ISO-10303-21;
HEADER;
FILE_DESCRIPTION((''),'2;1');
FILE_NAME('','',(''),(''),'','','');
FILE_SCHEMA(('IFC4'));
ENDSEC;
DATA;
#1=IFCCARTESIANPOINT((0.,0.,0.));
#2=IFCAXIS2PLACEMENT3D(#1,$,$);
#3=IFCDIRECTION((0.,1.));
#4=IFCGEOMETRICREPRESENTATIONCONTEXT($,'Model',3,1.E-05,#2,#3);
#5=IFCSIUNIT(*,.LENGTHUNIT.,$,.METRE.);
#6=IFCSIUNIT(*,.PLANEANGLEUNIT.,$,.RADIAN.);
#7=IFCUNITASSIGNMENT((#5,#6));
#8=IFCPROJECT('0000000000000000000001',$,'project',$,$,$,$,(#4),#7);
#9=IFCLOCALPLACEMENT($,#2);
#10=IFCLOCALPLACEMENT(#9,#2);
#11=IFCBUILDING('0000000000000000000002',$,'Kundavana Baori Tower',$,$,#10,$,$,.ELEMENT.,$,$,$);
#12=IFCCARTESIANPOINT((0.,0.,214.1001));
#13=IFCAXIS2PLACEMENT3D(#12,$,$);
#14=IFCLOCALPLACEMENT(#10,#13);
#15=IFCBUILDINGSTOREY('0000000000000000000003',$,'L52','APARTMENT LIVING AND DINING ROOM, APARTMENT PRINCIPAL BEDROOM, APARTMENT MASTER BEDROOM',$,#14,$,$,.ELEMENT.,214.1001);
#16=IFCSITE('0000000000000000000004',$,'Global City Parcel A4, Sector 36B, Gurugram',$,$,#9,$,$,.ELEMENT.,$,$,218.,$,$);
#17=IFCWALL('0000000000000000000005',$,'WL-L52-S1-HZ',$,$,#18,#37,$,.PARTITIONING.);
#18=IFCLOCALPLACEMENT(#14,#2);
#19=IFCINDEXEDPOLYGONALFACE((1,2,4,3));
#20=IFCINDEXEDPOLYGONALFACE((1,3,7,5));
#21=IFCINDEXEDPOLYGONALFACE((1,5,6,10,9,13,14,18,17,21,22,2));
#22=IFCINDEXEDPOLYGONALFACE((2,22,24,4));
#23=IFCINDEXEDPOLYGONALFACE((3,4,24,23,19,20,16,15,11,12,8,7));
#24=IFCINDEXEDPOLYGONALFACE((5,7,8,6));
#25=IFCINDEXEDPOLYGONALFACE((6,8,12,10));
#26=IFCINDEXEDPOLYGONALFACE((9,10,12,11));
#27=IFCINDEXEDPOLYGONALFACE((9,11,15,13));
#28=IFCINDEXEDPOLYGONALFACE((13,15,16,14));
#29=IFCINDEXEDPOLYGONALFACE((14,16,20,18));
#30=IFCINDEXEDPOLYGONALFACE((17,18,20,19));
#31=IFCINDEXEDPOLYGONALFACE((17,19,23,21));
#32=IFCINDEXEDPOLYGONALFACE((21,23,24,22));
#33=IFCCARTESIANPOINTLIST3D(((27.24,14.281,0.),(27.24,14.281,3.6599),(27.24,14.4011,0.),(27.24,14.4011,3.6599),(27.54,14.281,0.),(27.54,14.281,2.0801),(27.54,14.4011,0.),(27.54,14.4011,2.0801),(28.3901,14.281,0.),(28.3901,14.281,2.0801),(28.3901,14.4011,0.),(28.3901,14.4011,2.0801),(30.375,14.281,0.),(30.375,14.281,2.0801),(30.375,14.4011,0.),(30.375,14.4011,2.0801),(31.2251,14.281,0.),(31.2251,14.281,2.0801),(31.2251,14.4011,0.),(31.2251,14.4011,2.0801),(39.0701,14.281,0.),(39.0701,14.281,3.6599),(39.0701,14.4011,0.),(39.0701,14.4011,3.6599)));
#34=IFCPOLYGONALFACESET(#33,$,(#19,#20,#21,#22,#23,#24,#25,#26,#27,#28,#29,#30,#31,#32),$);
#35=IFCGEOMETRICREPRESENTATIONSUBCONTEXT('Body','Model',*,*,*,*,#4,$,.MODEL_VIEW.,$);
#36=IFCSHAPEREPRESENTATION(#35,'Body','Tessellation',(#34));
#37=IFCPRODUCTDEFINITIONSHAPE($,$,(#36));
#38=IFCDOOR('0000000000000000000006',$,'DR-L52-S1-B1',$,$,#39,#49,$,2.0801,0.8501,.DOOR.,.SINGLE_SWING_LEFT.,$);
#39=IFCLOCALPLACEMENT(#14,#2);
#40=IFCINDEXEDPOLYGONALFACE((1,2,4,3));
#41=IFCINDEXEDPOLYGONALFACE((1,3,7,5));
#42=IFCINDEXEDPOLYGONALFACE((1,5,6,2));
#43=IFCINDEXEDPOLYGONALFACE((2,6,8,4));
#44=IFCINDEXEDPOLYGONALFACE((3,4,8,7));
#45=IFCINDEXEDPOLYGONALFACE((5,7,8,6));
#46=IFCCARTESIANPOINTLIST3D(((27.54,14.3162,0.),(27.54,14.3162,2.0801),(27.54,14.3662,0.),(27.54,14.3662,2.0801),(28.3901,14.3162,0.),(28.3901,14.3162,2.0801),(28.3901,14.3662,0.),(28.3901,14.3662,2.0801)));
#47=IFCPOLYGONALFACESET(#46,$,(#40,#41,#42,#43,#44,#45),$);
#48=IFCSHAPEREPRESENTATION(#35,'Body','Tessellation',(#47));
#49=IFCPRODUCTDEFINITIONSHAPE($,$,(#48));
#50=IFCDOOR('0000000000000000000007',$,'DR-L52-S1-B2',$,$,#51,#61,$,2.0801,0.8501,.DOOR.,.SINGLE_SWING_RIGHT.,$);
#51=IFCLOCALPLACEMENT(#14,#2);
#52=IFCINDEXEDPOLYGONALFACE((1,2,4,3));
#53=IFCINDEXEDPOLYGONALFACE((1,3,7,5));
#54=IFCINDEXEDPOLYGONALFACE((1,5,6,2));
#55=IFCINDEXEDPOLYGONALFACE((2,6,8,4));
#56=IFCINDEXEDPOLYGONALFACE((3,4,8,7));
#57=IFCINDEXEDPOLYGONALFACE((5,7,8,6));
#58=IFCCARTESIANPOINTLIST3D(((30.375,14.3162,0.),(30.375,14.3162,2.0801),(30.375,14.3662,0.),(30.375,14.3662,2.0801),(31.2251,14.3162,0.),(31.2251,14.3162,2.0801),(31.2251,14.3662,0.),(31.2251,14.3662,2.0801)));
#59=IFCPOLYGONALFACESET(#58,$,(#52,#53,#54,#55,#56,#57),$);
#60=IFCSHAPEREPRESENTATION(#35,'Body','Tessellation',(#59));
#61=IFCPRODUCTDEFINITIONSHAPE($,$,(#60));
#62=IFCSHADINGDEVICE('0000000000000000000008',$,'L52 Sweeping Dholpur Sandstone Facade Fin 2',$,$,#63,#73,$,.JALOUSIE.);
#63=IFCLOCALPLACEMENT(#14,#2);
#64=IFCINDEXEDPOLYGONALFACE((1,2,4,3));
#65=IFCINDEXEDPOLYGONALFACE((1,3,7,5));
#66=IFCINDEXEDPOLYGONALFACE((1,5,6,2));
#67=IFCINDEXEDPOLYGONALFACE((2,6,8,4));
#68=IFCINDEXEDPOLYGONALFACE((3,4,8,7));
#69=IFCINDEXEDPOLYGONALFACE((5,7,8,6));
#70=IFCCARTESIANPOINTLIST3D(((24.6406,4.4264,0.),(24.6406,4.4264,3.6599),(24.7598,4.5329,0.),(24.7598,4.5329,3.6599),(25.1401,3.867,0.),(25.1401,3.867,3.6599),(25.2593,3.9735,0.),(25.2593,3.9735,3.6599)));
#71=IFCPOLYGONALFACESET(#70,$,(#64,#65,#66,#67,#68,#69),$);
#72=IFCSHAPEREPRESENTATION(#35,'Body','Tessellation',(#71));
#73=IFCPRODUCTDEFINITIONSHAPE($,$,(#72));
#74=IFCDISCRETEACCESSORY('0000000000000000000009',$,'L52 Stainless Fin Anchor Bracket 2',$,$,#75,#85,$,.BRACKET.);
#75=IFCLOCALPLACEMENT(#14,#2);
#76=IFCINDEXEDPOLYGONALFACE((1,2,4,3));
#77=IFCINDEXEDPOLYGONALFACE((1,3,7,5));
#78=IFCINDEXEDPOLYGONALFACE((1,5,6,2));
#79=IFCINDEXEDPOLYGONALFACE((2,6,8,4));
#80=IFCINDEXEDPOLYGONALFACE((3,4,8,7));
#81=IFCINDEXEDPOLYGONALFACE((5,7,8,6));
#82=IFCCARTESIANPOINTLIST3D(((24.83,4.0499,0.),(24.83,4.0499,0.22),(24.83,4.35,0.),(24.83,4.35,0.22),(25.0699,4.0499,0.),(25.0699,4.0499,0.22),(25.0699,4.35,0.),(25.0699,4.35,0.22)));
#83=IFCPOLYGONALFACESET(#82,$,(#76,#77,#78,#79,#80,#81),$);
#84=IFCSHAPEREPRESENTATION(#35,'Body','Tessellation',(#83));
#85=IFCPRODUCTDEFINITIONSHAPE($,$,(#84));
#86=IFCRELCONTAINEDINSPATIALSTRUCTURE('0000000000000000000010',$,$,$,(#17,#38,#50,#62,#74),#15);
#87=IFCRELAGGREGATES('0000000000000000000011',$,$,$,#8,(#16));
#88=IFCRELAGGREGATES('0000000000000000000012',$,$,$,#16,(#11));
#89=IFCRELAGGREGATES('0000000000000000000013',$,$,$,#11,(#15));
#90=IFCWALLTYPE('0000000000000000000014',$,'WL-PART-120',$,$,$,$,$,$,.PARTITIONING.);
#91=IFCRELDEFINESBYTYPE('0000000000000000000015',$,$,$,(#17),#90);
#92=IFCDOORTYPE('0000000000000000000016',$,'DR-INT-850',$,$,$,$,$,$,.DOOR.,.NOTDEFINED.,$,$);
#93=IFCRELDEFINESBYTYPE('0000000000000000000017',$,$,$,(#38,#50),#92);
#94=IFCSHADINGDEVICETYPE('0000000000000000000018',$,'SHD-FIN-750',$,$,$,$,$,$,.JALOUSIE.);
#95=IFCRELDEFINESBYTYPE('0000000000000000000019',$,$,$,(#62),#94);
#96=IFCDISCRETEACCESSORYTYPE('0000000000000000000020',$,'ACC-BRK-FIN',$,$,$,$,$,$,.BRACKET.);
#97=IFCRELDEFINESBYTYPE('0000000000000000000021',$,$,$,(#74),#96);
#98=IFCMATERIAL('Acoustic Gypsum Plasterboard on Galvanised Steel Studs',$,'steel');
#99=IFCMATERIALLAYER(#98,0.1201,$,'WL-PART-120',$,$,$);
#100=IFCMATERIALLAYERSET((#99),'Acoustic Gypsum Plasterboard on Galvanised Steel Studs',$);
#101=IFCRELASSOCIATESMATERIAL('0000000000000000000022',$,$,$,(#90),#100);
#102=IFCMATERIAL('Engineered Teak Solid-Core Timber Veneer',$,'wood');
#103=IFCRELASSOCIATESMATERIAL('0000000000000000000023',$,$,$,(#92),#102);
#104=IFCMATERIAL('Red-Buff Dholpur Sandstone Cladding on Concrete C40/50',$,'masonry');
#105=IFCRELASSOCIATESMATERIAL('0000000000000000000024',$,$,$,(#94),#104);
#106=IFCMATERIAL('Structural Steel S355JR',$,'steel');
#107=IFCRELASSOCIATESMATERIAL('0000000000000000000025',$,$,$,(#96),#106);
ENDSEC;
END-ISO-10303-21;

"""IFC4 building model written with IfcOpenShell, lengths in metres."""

from ifc_helpers import new_model, si_unit, direction, frame, frame_2d, origin, origin_2d, place, context, subcontext, project, spatial, rectangle, extrude, material, layer, layer_set, type_object, element, fill, save


model = new_model("IFC4")

# Units and contexts
model_context = context("Model", 3, precision=1e-05, world=origin(), true_north=direction((0.0, 1.0)))
body_context = subcontext(model_context, "Body", "Model", "MODEL_VIEW")
ifc_project = project(units=[si_unit("LENGTHUNIT", "METRE"), si_unit("PLANEANGLEUNIT", "RADIAN")], contexts=[model_context])

# Site, building, storey
site_placement = place(None, origin())
site = spatial("IfcSite", under=ifc_project, at=site_placement, Name="Global City Parcel A4, Sector 36B, Gurugram", CompositionType="ELEMENT", RefElevation=218.0)
building_placement = place(site_placement, origin())
building = spatial("IfcBuilding", under=site, at=building_placement, Name="Kundavana Baori Tower", CompositionType="ELEMENT")
storey_placement = place(building_placement, frame((0.0, 0.0, 214.1001)))
storey = spatial("IfcBuildingStorey", under=building, at=storey_placement, Name="L52", Description="APARTMENT LIVING AND DINING ROOM, APARTMENT PRINCIPAL BEDROOM, APARTMENT MASTER BEDROOM", CompositionType="ELEMENT", Elevation=214.1001)

# Shared definitions
ifc_material_1 = material(Name="Acoustic Gypsum Plasterboard on Galvanised Steel Studs", Category="steel")
ifc_layer_1 = layer(ifc_material_1, 0.1201, Name="WL-PART-120")
ifc_layer_set_1 = layer_set([ifc_layer_1], Name="Acoustic Gypsum Plasterboard on Galvanised Steel Studs")
wall_type_1 = type_object("IfcWallType", Name="WL-PART-120", PredefinedType="PARTITIONING", material=ifc_layer_set_1)

# Wall, openings, doors
wall_1_placement = place(storey_placement, frame((27.24, 14.3411, 0.0), z_axis=(0.0, 0.0, 1.0), x_axis=(1.0, 0.0, 0.0)))
wall_1 = element("IfcWall", 1, at=wall_1_placement, inside=storey, type_object=wall_type_1, Name="WL-L52-S1-HZ", PredefinedType="PARTITIONING", context=body_context, shape_type="SweptSolid", body=[
    extrude(rectangle(XDim=11.8301, YDim=0.1201, at=frame_2d((5.915, 0.0))), origin(), (0.0, 0.0, 1.0), 3.6599),
])
opening_1_placement = place(wall_1_placement, frame((0.3, 0.0, 0.0)))
opening_1 = element("IfcOpeningElement", 2, at=opening_1_placement, cuts=wall_1, PredefinedType="OPENING", context=body_context, shape_type="SweptSolid", body=[
    extrude(rectangle(XDim=0.8501, YDim=2.0801, at=frame_2d((0.425, 1.04))), frame((0.0, 0.0701, 0.0), z_axis=(0.0, -1.0, 0.0), x_axis=(1.0, 0.0, 0.0)), (0.0, 0.0, 1.0), 0.1401),
])
opening_2_placement = place(wall_1_placement, frame((3.135, 0.0, 0.0)))
opening_2 = element("IfcOpeningElement", 3, at=opening_2_placement, cuts=wall_1, PredefinedType="OPENING", context=body_context, shape_type="SweptSolid", body=[
    extrude(rectangle(XDim=0.8501, YDim=2.0801, at=frame_2d((0.425, 1.04))), frame((0.0, 0.0701, 0.0), z_axis=(0.0, -1.0, 0.0), x_axis=(1.0, 0.0, 0.0)), (0.0, 0.0, 1.0), 0.1401),
])
ifc_material_2 = material(Name="Engineered Teak Solid-Core Timber Veneer", Category="wood")
door_type = type_object("IfcDoorType", Name="DR-INT-850", OperationType="NOTDEFINED", PredefinedType="DOOR", material=ifc_material_2)
door_1_placement = place(opening_1_placement, frame((0.8501, 0.0, 0.0), z_axis=(0.0, 0.0, 1.0), x_axis=(-1.0, 0.0, 0.0)))
door_1 = element("IfcDoor", 4, at=door_1_placement, inside=storey, type_object=door_type, Name="DR-L52-S1-B1", OperationType="SINGLE_SWING_LEFT", OverallHeight=2.0801, OverallWidth=0.8501, PredefinedType="DOOR", context=body_context, shape_type="SweptSolid", body=[
    extrude(rectangle(XDim=0.8501, YDim=2.0801, at=frame_2d((0.425, 1.04))), frame((0.0, 0.0249, 0.0), z_axis=(0.0, -1.0, 0.0), x_axis=(1.0, 0.0, 0.0)), (0.0, 0.0, 1.0), 0.05),
])
fill(opening_1, door_1)
door_2_placement = place(opening_2_placement, frame((0.8501, 0.0, 0.0), z_axis=(0.0, 0.0, 1.0), x_axis=(-1.0, 0.0, 0.0)))
door_2 = element("IfcDoor", 5, at=door_2_placement, inside=storey, type_object=door_type, Name="DR-L52-S1-B2", OperationType="SINGLE_SWING_RIGHT", OverallHeight=2.0801, OverallWidth=0.8501, PredefinedType="DOOR", context=body_context, shape_type="SweptSolid", body=[
    extrude(rectangle(XDim=0.8501, YDim=2.0801, at=frame_2d((0.425, 1.04))), frame((0.0, 0.0249, 0.0), z_axis=(0.0, -1.0, 0.0), x_axis=(1.0, 0.0, 0.0)), (0.0, 0.0, 1.0), 0.05),
])
fill(opening_2, door_2)

# Shading device
ifc_material_3 = material(Name="Red-Buff Dholpur Sandstone Cladding on Concrete C40/50", Category="masonry")
shading_device_type = type_object("IfcShadingDeviceType", Name="SHD-FIN-750", PredefinedType="JALOUSIE", material=ifc_material_3)
shading_device_placement = place(storey_placement, frame((24.95, 4.2, 0.0), z_axis=(0.0, 0.0, 1.0), x_axis=(0.745941, 0.666012, 0.0)))
element("IfcShadingDevice", 6, at=shading_device_placement, inside=storey, type_object=shading_device_type, Name="L52 Sweeping Dholpur Sandstone Facade Fin 2", PredefinedType="JALOUSIE", context=body_context, shape_type="SweptSolid", body=[
    extrude(rectangle(XDim=0.1599, YDim=0.75, at=origin_2d()), origin(), (0.0, 0.0, 1.0), 3.6599),
])

# Discrete accessory
ifc_material_4 = material(Name="Structural Steel S355JR", Category="steel")
discrete_accessory_type = type_object("IfcDiscreteAccessoryType", Name="ACC-BRK-FIN", PredefinedType="BRACKET", material=ifc_material_4)
discrete_accessory_placement = place(storey_placement, frame((24.95, 4.2, 0.0), z_axis=(0.0, 0.0, 1.0), x_axis=(1.0, 0.0, 0.0)))
element("IfcDiscreteAccessory", 7, at=discrete_accessory_placement, inside=storey, type_object=discrete_accessory_type, Name="L52 Stainless Fin Anchor Bracket 2", PredefinedType="BRACKET", context=body_context, shape_type="SweptSolid", body=[
    extrude(rectangle(XDim=0.24, YDim=0.3, at=origin_2d()), origin(), (0.0, 0.0, 1.0), 0.22),
])

save(model, "model.ifc")
